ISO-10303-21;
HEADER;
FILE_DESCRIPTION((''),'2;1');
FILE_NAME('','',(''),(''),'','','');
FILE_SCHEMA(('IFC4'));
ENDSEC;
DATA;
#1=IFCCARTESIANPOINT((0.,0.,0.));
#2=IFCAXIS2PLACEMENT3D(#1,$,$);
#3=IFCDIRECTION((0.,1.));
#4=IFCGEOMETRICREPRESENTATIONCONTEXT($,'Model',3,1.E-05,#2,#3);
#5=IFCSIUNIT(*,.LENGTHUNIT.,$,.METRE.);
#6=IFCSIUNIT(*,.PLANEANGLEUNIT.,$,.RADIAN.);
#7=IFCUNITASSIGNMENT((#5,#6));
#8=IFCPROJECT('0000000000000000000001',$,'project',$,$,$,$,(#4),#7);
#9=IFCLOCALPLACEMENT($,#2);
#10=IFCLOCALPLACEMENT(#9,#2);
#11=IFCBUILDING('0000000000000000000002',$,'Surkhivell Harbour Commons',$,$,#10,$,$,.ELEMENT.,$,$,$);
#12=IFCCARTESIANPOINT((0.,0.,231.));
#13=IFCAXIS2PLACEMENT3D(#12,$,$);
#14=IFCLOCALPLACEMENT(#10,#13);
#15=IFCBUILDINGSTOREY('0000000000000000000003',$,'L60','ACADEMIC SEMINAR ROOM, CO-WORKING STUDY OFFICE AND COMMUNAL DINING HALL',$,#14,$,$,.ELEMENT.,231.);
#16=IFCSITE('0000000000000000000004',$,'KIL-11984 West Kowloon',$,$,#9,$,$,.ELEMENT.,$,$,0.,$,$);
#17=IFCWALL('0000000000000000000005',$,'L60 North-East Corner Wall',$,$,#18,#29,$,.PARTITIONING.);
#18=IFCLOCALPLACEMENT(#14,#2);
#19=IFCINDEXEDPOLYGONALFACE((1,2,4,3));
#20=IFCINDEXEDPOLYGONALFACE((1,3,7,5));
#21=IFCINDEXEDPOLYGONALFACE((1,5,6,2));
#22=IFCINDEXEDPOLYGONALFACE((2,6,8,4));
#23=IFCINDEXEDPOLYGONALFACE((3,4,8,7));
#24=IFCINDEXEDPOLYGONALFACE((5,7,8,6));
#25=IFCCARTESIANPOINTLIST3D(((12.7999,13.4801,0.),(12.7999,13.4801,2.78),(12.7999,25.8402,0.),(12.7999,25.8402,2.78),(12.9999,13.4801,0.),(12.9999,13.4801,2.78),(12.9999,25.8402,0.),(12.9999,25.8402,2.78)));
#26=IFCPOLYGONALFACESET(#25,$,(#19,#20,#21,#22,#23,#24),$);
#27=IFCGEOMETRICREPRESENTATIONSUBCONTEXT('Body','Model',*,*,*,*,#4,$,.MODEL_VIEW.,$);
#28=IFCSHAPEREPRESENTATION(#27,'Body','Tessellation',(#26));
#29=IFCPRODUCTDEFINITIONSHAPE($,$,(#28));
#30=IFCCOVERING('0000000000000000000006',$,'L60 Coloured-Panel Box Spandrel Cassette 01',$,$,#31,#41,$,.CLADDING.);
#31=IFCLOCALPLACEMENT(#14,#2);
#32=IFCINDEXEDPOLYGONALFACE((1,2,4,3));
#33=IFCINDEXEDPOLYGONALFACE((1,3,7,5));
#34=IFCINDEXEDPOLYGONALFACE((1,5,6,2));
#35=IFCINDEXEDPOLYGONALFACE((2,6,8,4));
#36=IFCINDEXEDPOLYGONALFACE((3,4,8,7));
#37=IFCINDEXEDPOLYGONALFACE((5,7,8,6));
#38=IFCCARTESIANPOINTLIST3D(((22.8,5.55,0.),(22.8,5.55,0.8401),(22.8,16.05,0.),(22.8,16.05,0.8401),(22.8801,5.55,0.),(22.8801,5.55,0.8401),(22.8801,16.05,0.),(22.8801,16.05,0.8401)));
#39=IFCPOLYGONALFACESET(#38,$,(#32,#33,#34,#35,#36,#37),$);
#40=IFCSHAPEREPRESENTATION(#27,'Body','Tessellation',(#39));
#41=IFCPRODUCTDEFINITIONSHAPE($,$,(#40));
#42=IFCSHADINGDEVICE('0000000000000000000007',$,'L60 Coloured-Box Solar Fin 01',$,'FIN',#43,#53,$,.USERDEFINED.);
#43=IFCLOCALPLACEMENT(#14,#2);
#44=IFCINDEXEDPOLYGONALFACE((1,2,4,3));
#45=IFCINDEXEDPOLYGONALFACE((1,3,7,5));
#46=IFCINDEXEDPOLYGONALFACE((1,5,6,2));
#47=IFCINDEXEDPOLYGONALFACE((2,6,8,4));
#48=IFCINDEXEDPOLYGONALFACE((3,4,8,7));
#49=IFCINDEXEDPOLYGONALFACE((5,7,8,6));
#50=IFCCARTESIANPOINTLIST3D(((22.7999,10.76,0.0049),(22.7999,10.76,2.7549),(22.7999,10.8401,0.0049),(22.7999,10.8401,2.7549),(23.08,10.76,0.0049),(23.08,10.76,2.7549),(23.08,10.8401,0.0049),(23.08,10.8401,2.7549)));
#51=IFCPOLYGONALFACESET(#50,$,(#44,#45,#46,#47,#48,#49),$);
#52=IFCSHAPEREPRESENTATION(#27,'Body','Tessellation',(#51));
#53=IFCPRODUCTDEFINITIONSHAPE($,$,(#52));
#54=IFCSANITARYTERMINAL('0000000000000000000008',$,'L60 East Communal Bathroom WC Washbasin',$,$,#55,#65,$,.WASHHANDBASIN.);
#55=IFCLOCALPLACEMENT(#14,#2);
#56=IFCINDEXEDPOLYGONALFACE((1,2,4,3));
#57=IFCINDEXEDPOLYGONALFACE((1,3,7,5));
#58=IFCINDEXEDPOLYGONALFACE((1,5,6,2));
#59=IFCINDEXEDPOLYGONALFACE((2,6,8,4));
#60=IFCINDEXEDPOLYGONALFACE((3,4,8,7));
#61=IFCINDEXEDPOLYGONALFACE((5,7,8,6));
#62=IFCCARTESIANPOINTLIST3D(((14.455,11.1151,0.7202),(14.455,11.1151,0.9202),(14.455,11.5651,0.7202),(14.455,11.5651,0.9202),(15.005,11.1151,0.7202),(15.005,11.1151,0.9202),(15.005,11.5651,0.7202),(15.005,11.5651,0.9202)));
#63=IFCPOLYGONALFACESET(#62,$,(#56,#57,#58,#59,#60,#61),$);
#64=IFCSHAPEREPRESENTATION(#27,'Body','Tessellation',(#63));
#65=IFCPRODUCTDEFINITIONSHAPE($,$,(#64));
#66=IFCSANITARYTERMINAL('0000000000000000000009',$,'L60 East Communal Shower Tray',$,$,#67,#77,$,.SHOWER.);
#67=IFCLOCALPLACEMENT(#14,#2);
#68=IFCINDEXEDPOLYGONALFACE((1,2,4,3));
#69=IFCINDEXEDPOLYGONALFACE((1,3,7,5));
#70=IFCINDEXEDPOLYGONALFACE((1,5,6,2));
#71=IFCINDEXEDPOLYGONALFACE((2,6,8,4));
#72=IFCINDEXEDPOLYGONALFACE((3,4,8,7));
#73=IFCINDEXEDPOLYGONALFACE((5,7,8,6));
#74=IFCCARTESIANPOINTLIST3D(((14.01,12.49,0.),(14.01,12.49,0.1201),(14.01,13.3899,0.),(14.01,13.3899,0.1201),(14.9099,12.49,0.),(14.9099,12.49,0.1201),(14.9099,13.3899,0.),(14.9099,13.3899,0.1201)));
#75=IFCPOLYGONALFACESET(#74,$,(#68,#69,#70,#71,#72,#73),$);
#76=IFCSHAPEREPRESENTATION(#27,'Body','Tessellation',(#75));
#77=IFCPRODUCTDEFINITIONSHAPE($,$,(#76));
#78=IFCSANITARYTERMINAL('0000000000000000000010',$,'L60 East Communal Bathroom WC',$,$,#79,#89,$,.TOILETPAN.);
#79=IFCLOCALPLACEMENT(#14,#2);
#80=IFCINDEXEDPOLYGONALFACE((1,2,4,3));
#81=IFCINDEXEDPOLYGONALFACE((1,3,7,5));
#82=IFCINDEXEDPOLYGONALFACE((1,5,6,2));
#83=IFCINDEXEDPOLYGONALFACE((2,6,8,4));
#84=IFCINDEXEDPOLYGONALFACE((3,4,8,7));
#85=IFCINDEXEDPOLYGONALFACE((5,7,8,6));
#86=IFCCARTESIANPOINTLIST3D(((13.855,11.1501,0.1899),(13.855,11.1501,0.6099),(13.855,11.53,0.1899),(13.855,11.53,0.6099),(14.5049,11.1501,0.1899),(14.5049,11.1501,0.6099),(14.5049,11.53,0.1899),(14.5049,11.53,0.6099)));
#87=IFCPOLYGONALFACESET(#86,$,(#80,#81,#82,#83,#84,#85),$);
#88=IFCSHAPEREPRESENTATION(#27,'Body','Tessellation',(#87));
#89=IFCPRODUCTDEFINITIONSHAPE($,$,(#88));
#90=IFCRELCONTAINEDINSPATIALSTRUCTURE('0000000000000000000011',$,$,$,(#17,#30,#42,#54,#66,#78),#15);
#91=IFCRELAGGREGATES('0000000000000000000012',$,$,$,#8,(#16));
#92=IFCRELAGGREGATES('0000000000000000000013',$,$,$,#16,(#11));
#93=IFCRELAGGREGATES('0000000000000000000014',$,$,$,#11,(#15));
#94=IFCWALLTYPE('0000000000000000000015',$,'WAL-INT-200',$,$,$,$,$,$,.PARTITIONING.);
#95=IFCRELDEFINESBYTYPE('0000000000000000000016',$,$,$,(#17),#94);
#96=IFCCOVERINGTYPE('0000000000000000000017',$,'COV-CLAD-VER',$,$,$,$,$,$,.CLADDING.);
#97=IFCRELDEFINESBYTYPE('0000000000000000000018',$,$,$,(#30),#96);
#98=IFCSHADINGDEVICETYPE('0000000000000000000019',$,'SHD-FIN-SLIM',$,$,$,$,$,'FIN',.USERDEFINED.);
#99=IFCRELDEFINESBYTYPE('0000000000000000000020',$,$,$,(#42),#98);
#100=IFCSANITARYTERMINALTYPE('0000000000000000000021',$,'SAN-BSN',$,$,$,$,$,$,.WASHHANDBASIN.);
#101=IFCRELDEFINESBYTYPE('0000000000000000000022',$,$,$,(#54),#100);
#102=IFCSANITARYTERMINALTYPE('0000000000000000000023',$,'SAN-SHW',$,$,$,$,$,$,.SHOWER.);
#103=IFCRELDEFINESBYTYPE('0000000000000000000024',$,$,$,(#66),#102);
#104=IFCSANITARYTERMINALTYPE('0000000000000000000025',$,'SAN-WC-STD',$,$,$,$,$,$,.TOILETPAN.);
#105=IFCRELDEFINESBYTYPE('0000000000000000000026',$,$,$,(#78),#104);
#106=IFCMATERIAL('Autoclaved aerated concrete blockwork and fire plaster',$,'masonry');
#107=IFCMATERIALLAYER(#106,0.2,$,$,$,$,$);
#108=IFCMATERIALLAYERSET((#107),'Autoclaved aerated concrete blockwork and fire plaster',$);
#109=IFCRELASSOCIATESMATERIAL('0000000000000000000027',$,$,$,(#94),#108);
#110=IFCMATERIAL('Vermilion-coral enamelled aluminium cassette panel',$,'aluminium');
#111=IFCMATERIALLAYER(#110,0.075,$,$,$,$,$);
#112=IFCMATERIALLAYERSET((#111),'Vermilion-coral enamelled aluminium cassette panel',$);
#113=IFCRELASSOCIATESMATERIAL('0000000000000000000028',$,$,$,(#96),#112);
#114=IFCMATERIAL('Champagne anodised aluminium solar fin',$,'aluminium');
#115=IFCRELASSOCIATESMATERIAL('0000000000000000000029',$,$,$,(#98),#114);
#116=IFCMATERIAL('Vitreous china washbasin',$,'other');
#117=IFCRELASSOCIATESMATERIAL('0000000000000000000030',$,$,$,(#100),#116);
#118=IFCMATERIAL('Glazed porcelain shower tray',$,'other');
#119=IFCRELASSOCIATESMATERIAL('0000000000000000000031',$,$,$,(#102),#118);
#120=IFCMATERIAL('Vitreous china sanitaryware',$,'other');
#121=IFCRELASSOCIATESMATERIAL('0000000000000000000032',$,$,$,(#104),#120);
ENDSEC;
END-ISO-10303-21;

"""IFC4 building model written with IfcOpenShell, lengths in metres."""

from ifc_helpers import new_model, si_unit, direction, frame, frame_2d, origin, origin_2d, place, context, subcontext, project, spatial, rectangle, extrude, material, layer, layer_set, type_object, element, save


model = new_model("IFC4")

# Units and contexts
model_context = context("Model", 3, precision=1e-05, world=origin(), true_north=direction((0.0, 1.0)))
body_context = subcontext(model_context, "Body", "Model", "MODEL_VIEW")
ifc_project = project(units=[si_unit("LENGTHUNIT", "METRE"), si_unit("PLANEANGLEUNIT", "RADIAN")], contexts=[model_context])

# Site, building, storey
site_placement = place(None, origin())
site = spatial("IfcSite", under=ifc_project, at=site_placement, Name="KIL-11984 West Kowloon", CompositionType="ELEMENT", RefElevation=0.0)
building_placement = place(site_placement, origin())
building = spatial("IfcBuilding", under=site, at=building_placement, Name="Surkhivell Harbour Commons", CompositionType="ELEMENT")
storey_placement = place(building_placement, frame((0.0, 0.0, 231.0)))
storey = spatial("IfcBuildingStorey", under=building, at=storey_placement, Name="L60", Description="ACADEMIC SEMINAR ROOM, CO-WORKING STUDY OFFICE AND COMMUNAL DINING HALL", CompositionType="ELEMENT", Elevation=231.0)

# Wall
ifc_material_1 = material(Name="Autoclaved aerated concrete blockwork and fire plaster", Category="masonry")
ifc_layer_1 = layer(ifc_material_1, 0.2)
ifc_layer_set_1 = layer_set([ifc_layer_1], Name="Autoclaved aerated concrete blockwork and fire plaster")
wall_type_1 = type_object("IfcWallType", Name="WAL-INT-200", PredefinedType="PARTITIONING", material=ifc_layer_set_1)
wall_1_placement = place(storey_placement, frame((12.8999, 13.48, 0.0), z_axis=(0.0, 0.0, 1.0), x_axis=(0.0, 1.0, 0.0)))
element("IfcWall", 1, at=wall_1_placement, inside=storey, type_object=wall_type_1, Name="L60 North-East Corner Wall", PredefinedType="PARTITIONING", context=body_context, shape_type="SweptSolid", body=[
    extrude(rectangle(XDim=12.3601, YDim=0.2, at=frame_2d((6.1802, 0.0))), origin(), (0.0, 0.0, 1.0), 2.78),
])

# Covering
ifc_material_2 = material(Name="Vermilion-coral enamelled aluminium cassette panel", Category="aluminium")
ifc_layer_2 = layer(ifc_material_2, 0.075)
ifc_layer_set_2 = layer_set([ifc_layer_2], Name="Vermilion-coral enamelled aluminium cassette panel")
covering_type = type_object("IfcCoveringType", Name="COV-CLAD-VER", PredefinedType="CLADDING", material=ifc_layer_set_2)
covering_placement = place(storey_placement, frame((22.8401, 10.8, 0.0), z_axis=(0.0, 0.0, 1.0), x_axis=(1.0, 0.0, 0.0)))
element("IfcCovering", 2, at=covering_placement, inside=storey, type_object=covering_type, Name="L60 Coloured-Panel Box Spandrel Cassette 01", PredefinedType="CLADDING", context=body_context, shape_type="SweptSolid", body=[
    extrude(rectangle(XDim=0.0801, YDim=10.5, at=origin_2d()), origin(), (0.0, 0.0, 1.0), 0.8401),
])

# Shading device
ifc_material_3 = material(Name="Champagne anodised aluminium solar fin", Category="aluminium")
shading_device_type = type_object("IfcShadingDeviceType", Name="SHD-FIN-SLIM", ElementType="FIN", PredefinedType="USERDEFINED", material=ifc_material_3)
shading_device_placement = place(storey_placement, frame((22.9399, 10.8, 0.0049), z_axis=(0.0, 0.0, 1.0), x_axis=(1.0, 0.0, 0.0)))
element("IfcShadingDevice", 3, at=shading_device_placement, inside=storey, type_object=shading_device_type, Name="L60 Coloured-Box Solar Fin 01", ObjectType="FIN", PredefinedType="USERDEFINED", context=body_context, shape_type="SweptSolid", body=[
    extrude(rectangle(XDim=0.28, YDim=0.0801, at=origin_2d()), origin(), (0.0, 0.0, 1.0), 2.75),
])

# Sanitary terminals
ifc_material_4 = material(Name="Vitreous china washbasin", Category="other")
sanitary_terminal_type_1 = type_object("IfcSanitaryTerminalType", Name="SAN-BSN", PredefinedType="WASHHANDBASIN", material=ifc_material_4)
sanitary_terminal_1_placement = place(storey_placement, frame((14.73, 11.3401, 0.7202), z_axis=(0.0, 0.0, 1.0), x_axis=(1.0, 0.0, 0.0)))
element("IfcSanitaryTerminal", 4, at=sanitary_terminal_1_placement, inside=storey, type_object=sanitary_terminal_type_1, Name="L60 East Communal Bathroom WC Washbasin", PredefinedType="WASHHANDBASIN", context=body_context, shape_type="SweptSolid", body=[
    extrude(rectangle(XDim=0.55, YDim=0.45, at=origin_2d()), origin(), (0.0, 0.0, 1.0), 0.2),
])
ifc_material_5 = material(Name="Glazed porcelain shower tray", Category="other")
sanitary_terminal_type_2 = type_object("IfcSanitaryTerminalType", Name="SAN-SHW", PredefinedType="SHOWER", material=ifc_material_5)
sanitary_terminal_2_placement = place(storey_placement, frame((14.46, 12.9399, 0.0), z_axis=(0.0, 0.0, 1.0), x_axis=(1.0, 0.0, 0.0)))
element("IfcSanitaryTerminal", 5, at=sanitary_terminal_2_placement, inside=storey, type_object=sanitary_terminal_type_2, Name="L60 East Communal Shower Tray", PredefinedType="SHOWER", context=body_context, shape_type="SweptSolid", body=[
    extrude(rectangle(XDim=0.8999, YDim=0.8999, at=origin_2d()), origin(), (0.0, 0.0, 1.0), 0.1201),
])
ifc_material_6 = material(Name="Vitreous china sanitaryware", Category="other")
sanitary_terminal_type_3 = type_object("IfcSanitaryTerminalType", Name="SAN-WC-STD", PredefinedType="TOILETPAN", material=ifc_material_6)
sanitary_terminal_3_placement = place(storey_placement, frame((14.1799, 11.3401, 0.1899), z_axis=(0.0, 0.0, 1.0), x_axis=(1.0, 0.0, 0.0)))
element("IfcSanitaryTerminal", 6, at=sanitary_terminal_3_placement, inside=storey, type_object=sanitary_terminal_type_3, Name="L60 East Communal Bathroom WC", PredefinedType="TOILETPAN", context=body_context, shape_type="SweptSolid", body=[
    extrude(rectangle(XDim=0.6499, YDim=0.3799, at=origin_2d()), origin(), (0.0, 0.0, 1.0), 0.4199),
])

save(model, "model.ifc")
